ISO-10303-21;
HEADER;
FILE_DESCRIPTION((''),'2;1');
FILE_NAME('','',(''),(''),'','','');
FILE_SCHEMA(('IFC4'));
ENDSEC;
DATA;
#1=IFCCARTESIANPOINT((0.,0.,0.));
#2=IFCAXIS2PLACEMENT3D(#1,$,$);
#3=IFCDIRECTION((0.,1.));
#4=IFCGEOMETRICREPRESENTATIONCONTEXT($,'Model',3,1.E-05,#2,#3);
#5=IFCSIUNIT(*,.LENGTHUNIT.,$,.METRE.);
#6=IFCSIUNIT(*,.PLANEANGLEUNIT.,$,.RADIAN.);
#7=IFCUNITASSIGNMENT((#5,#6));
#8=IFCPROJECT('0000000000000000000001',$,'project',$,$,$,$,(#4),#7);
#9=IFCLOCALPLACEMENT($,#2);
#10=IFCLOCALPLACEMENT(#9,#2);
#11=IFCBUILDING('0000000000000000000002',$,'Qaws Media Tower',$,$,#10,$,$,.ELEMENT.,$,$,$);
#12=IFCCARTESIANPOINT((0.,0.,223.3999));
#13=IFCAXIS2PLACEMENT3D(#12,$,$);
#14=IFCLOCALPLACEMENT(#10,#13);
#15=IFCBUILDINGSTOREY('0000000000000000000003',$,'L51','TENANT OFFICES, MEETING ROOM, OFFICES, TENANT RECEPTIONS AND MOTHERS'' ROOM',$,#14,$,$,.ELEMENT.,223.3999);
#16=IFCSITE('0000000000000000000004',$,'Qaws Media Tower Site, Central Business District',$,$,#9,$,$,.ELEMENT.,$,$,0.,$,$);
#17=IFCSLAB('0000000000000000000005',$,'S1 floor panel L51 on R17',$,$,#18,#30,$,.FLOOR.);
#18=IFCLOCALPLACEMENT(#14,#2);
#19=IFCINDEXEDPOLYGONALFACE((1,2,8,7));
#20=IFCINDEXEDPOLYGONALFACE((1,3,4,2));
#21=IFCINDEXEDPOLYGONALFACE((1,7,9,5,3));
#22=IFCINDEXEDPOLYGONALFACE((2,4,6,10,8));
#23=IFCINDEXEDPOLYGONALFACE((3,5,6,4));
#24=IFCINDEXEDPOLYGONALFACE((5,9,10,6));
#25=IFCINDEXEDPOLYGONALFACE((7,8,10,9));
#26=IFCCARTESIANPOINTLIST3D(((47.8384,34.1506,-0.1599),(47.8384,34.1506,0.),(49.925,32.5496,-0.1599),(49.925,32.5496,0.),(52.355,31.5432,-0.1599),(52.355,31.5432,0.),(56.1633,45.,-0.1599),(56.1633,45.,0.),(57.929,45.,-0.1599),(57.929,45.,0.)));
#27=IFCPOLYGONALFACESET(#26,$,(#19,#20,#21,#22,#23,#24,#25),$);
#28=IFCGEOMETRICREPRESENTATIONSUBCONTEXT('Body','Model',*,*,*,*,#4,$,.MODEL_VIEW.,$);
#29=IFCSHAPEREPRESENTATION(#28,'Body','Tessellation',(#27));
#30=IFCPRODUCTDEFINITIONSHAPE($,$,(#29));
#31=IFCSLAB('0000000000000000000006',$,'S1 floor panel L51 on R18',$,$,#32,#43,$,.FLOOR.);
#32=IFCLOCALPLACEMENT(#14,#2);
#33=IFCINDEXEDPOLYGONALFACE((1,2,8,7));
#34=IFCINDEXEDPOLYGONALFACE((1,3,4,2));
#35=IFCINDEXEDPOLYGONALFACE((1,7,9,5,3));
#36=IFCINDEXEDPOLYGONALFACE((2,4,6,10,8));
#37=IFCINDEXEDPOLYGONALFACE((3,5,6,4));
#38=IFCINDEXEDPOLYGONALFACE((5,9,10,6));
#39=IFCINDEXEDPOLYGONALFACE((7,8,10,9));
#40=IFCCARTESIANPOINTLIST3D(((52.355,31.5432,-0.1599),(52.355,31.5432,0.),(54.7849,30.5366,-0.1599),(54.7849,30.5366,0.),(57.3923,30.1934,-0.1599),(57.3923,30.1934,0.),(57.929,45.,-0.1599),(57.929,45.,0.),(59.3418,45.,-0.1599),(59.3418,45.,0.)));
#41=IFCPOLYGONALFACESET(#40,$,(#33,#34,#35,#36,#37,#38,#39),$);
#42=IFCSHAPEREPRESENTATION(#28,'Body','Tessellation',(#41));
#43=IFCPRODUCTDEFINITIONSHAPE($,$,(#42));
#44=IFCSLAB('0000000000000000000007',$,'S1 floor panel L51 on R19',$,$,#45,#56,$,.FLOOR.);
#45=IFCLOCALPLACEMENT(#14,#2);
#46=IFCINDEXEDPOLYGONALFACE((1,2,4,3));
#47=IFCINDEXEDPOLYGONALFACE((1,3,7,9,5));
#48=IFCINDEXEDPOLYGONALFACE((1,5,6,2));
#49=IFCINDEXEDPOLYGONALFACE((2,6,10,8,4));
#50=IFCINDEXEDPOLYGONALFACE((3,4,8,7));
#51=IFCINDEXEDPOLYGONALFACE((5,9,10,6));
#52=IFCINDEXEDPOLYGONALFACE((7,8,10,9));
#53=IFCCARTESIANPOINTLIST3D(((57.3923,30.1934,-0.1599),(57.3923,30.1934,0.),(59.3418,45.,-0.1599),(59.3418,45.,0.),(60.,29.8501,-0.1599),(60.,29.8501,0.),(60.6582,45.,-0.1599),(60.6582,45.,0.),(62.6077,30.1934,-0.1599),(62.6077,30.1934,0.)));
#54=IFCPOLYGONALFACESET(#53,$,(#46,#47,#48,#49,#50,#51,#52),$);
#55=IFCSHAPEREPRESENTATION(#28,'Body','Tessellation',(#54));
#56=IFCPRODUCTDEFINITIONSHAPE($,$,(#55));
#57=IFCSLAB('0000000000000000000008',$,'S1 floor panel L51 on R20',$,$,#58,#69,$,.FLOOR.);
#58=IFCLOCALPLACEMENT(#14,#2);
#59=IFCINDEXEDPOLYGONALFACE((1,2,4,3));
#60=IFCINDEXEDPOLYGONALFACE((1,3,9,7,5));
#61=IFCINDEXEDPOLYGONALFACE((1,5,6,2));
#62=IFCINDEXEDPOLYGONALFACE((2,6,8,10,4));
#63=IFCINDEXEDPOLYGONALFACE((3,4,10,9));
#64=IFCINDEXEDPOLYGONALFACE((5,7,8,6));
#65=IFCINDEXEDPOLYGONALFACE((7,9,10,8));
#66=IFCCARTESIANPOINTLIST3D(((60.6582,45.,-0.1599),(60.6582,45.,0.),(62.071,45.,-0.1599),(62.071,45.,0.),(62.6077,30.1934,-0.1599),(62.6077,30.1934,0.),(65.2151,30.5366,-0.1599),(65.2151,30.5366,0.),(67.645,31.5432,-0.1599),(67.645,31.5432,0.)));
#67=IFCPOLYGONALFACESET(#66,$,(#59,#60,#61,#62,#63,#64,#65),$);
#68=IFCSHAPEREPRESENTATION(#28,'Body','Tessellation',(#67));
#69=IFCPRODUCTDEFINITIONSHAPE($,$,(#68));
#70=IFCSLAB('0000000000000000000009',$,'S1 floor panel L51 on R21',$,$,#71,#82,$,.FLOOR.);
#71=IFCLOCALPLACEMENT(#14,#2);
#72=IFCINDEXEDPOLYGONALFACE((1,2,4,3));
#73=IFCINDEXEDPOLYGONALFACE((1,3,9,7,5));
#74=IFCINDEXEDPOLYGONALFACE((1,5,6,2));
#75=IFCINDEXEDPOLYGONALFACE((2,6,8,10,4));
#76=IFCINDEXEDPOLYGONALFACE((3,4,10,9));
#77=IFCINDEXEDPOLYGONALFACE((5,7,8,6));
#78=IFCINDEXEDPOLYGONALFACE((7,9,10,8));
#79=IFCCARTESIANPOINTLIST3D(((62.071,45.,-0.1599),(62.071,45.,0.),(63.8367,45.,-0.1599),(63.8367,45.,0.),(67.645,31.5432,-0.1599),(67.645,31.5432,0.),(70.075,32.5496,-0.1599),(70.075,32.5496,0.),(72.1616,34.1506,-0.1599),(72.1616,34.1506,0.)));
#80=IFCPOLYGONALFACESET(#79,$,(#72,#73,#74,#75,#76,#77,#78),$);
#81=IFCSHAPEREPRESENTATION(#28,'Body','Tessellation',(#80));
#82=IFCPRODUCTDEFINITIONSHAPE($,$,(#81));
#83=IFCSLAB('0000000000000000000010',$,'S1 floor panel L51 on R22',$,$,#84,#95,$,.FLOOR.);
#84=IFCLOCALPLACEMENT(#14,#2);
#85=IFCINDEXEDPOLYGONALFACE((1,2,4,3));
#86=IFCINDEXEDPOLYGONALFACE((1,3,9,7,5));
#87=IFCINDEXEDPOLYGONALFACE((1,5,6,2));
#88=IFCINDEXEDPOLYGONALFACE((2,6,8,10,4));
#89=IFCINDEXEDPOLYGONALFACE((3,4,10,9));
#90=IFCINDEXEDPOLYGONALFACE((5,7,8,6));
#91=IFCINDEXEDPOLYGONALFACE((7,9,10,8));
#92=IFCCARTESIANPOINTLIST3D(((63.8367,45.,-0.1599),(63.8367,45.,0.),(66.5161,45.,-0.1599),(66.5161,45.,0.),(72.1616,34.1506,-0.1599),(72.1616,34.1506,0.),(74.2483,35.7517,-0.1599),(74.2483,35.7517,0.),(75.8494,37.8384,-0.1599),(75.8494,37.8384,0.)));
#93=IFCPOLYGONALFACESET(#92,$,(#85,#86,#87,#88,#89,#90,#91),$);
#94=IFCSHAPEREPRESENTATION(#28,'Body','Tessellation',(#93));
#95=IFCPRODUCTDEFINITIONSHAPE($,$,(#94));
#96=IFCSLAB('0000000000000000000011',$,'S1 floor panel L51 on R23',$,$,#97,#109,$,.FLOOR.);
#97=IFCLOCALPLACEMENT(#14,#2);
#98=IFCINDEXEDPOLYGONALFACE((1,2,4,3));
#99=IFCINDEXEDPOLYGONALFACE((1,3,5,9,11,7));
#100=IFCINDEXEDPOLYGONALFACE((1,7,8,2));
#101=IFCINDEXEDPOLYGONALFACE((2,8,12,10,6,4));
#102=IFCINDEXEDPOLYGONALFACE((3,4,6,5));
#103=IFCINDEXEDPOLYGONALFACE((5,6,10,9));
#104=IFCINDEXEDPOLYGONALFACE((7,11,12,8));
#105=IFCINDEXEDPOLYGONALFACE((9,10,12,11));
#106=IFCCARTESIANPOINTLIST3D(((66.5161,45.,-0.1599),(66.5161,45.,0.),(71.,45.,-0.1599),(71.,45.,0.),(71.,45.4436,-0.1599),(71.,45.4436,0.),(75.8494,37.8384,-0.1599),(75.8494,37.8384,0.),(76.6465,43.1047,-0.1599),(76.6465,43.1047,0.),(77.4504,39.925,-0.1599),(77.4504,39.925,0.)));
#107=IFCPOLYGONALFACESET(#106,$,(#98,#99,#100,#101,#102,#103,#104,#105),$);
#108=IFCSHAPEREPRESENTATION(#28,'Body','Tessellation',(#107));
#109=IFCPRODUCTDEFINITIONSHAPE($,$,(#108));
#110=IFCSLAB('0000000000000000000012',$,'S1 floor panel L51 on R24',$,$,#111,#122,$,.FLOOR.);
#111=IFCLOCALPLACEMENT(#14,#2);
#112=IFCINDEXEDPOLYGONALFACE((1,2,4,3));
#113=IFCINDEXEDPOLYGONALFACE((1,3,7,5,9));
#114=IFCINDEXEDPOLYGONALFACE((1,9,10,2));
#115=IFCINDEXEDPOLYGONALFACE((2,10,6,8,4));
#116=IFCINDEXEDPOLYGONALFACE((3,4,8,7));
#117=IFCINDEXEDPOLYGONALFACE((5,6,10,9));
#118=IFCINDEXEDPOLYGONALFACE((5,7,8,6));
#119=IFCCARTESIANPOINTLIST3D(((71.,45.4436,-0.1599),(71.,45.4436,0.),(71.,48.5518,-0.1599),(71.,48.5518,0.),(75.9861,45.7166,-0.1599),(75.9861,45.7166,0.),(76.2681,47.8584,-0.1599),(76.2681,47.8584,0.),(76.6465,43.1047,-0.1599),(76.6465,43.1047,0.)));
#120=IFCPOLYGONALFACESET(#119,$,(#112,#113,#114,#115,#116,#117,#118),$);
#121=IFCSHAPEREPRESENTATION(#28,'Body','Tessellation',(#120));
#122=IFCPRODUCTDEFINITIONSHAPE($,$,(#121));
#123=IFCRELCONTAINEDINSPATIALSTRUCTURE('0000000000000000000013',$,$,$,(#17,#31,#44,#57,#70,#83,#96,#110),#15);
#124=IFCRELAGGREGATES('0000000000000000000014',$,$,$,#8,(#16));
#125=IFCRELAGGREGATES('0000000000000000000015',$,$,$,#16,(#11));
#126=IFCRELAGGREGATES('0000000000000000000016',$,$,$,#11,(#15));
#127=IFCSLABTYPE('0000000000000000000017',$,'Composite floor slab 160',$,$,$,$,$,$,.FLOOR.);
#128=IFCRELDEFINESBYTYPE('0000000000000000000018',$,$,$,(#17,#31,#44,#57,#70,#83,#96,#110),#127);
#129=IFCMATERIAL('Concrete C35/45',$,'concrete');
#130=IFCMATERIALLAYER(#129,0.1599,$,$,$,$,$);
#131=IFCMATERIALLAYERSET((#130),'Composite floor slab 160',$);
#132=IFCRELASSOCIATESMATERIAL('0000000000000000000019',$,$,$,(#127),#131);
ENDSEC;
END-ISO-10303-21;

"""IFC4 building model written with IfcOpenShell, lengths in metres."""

from ifc_helpers import new_model, si_unit, direction, frame, origin, place, context, subcontext, project, spatial, polyline, outline, extrude, material, layer, layer_set, type_object, element, save


model = new_model("IFC4")

# Units and contexts
model_context = context("Model", 3, precision=1e-05, world=origin(), true_north=direction((0.0, 1.0)))
body_context = subcontext(model_context, "Body", "Model", "MODEL_VIEW")
ifc_project = project(units=[si_unit("LENGTHUNIT", "METRE"), si_unit("PLANEANGLEUNIT", "RADIAN")], contexts=[model_context])

# Site, building, storey
site_placement = place(None, origin())
site = spatial("IfcSite", under=ifc_project, at=site_placement, Name="Qaws Media Tower Site, Central Business District", CompositionType="ELEMENT", RefElevation=0.0)
building_placement = place(site_placement, origin())
building = spatial("IfcBuilding", under=site, at=building_placement, Name="Qaws Media Tower", CompositionType="ELEMENT")
storey_placement = place(building_placement, frame((0.0, 0.0, 223.3999)))
storey = spatial("IfcBuildingStorey", under=building, at=storey_placement, Name="L51", Description="TENANT OFFICES, MEETING ROOM, OFFICES, TENANT RECEPTIONS AND MOTHERS' ROOM", CompositionType="ELEMENT", Elevation=223.3999)

# Slabs
ifc_material_1 = material(Name="Concrete C35/45", Category="concrete")
ifc_layer_1 = layer(ifc_material_1, 0.1599)
ifc_layer_set_1 = layer_set([ifc_layer_1], Name="Composite floor slab 160")
slab_type_1 = type_object("IfcSlabType", Name="Composite floor slab 160", PredefinedType="FLOOR", material=ifc_layer_set_1)
slab_1_placement = place(storey_placement, frame((0.0, 0.0, -0.1599)))
element("IfcSlab", 1, at=slab_1_placement, inside=storey, type_object=slab_type_1, Name="S1 floor panel L51 on R17", PredefinedType="FLOOR", context=body_context, shape_type="SweptSolid", body=[
    extrude(outline(polyline([(49.925, 32.5496), (47.8384, 34.1506), (56.1633, 45.0), (57.929, 45.0), (52.355, 31.5432), (49.925, 32.5496)])), origin(), (0.0, 0.0, 1.0), 0.1599),
])
slab_2_placement = place(storey_placement, frame((0.0, 0.0, -0.1599)))
element("IfcSlab", 2, at=slab_2_placement, inside=storey, type_object=slab_type_1, Name="S1 floor panel L51 on R18", PredefinedType="FLOOR", context=body_context, shape_type="SweptSolid", body=[
    extrude(outline(polyline([(54.7849, 30.5366), (52.355, 31.5432), (57.929, 45.0), (59.3418, 45.0), (57.3923, 30.1934), (54.7849, 30.5366)])), origin(), (0.0, 0.0, 1.0), 0.1599),
])
slab_3_placement = place(storey_placement, frame((0.0, 0.0, -0.1599)))
element("IfcSlab", 3, at=slab_3_placement, inside=storey, type_object=slab_type_1, Name="S1 floor panel L51 on R19", PredefinedType="FLOOR", context=body_context, shape_type="SweptSolid", body=[
    extrude(outline(polyline([(60.0, 29.8501), (57.3923, 30.1934), (59.3418, 45.0), (60.6582, 45.0), (62.6077, 30.1934), (60.0, 29.8501)])), origin(), (0.0, 0.0, 1.0), 0.1599),
])
slab_4_placement = place(storey_placement, frame((0.0, 0.0, -0.1599)))
element("IfcSlab", 4, at=slab_4_placement, inside=storey, type_object=slab_type_1, Name="S1 floor panel L51 on R20", PredefinedType="FLOOR", context=body_context, shape_type="SweptSolid", body=[
    extrude(outline(polyline([(65.2151, 30.5366), (62.6077, 30.1934), (60.6582, 45.0), (62.071, 45.0), (67.645, 31.5432), (65.2151, 30.5366)])), origin(), (0.0, 0.0, 1.0), 0.1599),
])
slab_5_placement = place(storey_placement, frame((0.0, 0.0, -0.1599)))
element("IfcSlab", 5, at=slab_5_placement, inside=storey, type_object=slab_type_1, Name="S1 floor panel L51 on R21", PredefinedType="FLOOR", context=body_context, shape_type="SweptSolid", body=[
    extrude(outline(polyline([(70.075, 32.5496), (67.645, 31.5432), (62.071, 45.0), (63.8367, 45.0), (72.1616, 34.1506), (70.075, 32.5496)])), origin(), (0.0, 0.0, 1.0), 0.1599),
])
slab_6_placement = place(storey_placement, frame((0.0, 0.0, -0.1599)))
element("IfcSlab", 6, at=slab_6_placement, inside=storey, type_object=slab_type_1, Name="S1 floor panel L51 on R22", PredefinedType="FLOOR", context=body_context, shape_type="SweptSolid", body=[
    extrude(outline(polyline([(74.2483, 35.7517), (72.1616, 34.1506), (63.8367, 45.0), (66.5161, 45.0), (75.8494, 37.8384), (74.2483, 35.7517)])), origin(), (0.0, 0.0, 1.0), 0.1599),
])
slab_7_placement = place(storey_placement, frame((0.0, 0.0, -0.1599)))
element("IfcSlab", 7, at=slab_7_placement, inside=storey, type_object=slab_type_1, Name="S1 floor panel L51 on R23", PredefinedType="FLOOR", context=body_context, shape_type="SweptSolid", body=[
    extrude(outline(polyline([(77.4504, 39.925), (75.8494, 37.8384), (66.5161, 45.0), (71.0, 45.0), (71.0, 45.4436), (76.6465, 43.1047), (77.4504, 39.925)])), origin(), (0.0, 0.0, 1.0), 0.1599),
])
slab_8_placement = place(storey_placement, frame((0.0, 0.0, -0.1599)))
element("IfcSlab", 8, at=slab_8_placement, inside=storey, type_object=slab_type_1, Name="S1 floor panel L51 on R24", PredefinedType="FLOOR", context=body_context, shape_type="SweptSolid", body=[
    extrude(outline(polyline([(76.6465, 43.1047), (71.0, 45.4436), (71.0, 48.5518), (76.2681, 47.8584), (75.9861, 45.7166), (76.6465, 43.1047)])), origin(), (0.0, 0.0, 1.0), 0.1599),
])

save(model, "model.ifc")
